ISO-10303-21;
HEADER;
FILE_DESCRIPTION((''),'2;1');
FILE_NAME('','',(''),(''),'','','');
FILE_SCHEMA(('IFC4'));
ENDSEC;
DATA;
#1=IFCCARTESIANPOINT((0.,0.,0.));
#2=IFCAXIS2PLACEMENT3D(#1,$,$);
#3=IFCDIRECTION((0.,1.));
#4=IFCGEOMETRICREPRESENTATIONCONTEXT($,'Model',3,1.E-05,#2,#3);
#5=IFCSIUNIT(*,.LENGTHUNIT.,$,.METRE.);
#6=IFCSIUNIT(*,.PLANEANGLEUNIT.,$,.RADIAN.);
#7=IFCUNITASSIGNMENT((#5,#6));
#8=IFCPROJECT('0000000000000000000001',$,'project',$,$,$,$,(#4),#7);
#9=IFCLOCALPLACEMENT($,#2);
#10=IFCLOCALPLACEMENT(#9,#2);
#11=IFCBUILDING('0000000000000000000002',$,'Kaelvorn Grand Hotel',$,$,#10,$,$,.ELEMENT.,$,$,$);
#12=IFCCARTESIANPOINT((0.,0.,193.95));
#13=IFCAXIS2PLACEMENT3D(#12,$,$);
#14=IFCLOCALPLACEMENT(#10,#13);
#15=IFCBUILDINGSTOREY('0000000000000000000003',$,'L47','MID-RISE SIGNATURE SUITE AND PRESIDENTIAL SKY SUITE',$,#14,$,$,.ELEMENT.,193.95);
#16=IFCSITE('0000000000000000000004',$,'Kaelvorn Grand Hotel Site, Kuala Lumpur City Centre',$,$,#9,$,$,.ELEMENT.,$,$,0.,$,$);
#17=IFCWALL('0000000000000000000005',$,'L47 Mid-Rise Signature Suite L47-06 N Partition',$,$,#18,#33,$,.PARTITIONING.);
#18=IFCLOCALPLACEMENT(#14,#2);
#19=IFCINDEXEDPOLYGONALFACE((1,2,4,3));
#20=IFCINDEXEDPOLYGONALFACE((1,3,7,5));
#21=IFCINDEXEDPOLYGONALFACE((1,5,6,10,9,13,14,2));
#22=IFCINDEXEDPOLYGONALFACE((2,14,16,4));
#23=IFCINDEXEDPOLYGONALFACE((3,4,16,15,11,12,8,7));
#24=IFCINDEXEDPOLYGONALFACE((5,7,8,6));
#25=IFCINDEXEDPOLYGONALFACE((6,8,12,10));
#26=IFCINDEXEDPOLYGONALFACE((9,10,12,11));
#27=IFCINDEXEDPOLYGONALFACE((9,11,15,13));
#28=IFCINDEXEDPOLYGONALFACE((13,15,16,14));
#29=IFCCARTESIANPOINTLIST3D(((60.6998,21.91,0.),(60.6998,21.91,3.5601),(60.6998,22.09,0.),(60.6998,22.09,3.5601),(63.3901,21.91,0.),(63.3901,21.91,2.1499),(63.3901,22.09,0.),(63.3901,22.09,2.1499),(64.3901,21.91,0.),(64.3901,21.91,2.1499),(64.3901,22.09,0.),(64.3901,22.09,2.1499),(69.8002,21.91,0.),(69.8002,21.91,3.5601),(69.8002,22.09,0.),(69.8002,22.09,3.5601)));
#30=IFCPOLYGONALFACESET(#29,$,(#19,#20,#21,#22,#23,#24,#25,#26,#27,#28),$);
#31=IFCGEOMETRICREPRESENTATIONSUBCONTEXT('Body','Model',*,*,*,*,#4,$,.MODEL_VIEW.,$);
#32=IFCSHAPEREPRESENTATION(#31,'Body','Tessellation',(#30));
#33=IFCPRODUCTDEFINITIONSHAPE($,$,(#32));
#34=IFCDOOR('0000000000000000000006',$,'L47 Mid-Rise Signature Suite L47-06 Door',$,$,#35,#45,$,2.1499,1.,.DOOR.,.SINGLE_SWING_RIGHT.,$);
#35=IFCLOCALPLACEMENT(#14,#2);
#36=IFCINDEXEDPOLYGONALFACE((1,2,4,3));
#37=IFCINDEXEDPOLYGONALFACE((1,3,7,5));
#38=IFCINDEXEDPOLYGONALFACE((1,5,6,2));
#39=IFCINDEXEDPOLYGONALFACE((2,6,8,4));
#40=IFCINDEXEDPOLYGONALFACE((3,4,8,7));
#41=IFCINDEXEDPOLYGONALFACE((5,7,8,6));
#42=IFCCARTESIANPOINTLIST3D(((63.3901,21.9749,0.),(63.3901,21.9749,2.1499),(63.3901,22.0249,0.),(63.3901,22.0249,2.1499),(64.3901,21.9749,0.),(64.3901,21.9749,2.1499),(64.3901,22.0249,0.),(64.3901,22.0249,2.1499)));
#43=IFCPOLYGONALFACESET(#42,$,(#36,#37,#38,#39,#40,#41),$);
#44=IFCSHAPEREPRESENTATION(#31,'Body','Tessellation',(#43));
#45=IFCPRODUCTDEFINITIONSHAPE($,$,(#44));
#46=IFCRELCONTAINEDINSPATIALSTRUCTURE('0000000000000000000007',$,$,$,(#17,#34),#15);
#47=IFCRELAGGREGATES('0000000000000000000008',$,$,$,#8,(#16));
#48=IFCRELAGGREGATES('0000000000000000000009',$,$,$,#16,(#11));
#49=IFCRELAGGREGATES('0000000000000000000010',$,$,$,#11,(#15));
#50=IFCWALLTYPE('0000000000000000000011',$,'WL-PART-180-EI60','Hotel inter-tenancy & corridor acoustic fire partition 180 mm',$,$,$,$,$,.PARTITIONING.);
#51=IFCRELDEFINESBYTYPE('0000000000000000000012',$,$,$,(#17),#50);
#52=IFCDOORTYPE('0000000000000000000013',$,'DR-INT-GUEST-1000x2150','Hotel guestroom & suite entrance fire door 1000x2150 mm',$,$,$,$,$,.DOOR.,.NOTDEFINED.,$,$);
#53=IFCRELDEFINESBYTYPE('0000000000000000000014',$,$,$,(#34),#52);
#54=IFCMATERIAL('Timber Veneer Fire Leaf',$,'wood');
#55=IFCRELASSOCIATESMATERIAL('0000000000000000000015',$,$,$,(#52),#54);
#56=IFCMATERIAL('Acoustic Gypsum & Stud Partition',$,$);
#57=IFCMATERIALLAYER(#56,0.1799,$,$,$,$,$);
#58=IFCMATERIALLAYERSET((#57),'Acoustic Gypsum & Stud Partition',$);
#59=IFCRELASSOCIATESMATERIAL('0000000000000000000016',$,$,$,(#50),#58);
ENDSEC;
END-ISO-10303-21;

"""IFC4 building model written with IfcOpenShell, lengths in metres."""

from ifc_helpers import new_model, si_unit, direction, frame, frame_2d, origin, place, context, subcontext, project, spatial, rectangle, extrude, material, layer, layer_set, type_object, element, fill, save


model = new_model("IFC4")

# Units and contexts
model_context = context("Model", 3, precision=1e-05, world=origin(), true_north=direction((0.0, 1.0)))
body_context = subcontext(model_context, "Body", "Model", "MODEL_VIEW")
ifc_project = project(units=[si_unit("LENGTHUNIT", "METRE"), si_unit("PLANEANGLEUNIT", "RADIAN")], contexts=[model_context])

# Site, building, storey
site_placement = place(None, origin())
site = spatial("IfcSite", under=ifc_project, at=site_placement, Name="Kaelvorn Grand Hotel Site, Kuala Lumpur City Centre", CompositionType="ELEMENT", RefElevation=0.0)
building_placement = place(site_placement, origin())
building = spatial("IfcBuilding", under=site, at=building_placement, Name="Kaelvorn Grand Hotel", CompositionType="ELEMENT")
storey_placement = place(building_placement, frame((0.0, 0.0, 193.95)))
storey = spatial("IfcBuildingStorey", under=building, at=storey_placement, Name="L47", Description="MID-RISE SIGNATURE SUITE AND PRESIDENTIAL SKY SUITE", CompositionType="ELEMENT", Elevation=193.95)

# Shared definitions
ifc_material_1 = material(Name="Acoustic Gypsum & Stud Partition")
ifc_material_2 = material(Name="Timber Veneer Fire Leaf", Category="wood")
door_type_1 = type_object("IfcDoorType", Name="DR-INT-GUEST-1000x2150", Description="Hotel guestroom & suite entrance fire door 1000x2150 mm", OperationType="NOTDEFINED", PredefinedType="DOOR", material=ifc_material_2)

# Wall, opening, door
ifc_layer_1 = layer(ifc_material_1, 0.1799)
ifc_layer_set_1 = layer_set([ifc_layer_1], Name="Acoustic Gypsum & Stud Partition")
wall_type_1 = type_object("IfcWallType", Name="WL-PART-180-EI60", Description="Hotel inter-tenancy & corridor acoustic fire partition 180 mm", PredefinedType="PARTITIONING", material=ifc_layer_set_1)
wall_1_placement = place(storey_placement, frame((60.6997, 22.0, 0.0), z_axis=(0.0, 0.0, 1.0), x_axis=(1.0, 0.0, 0.0)))
wall_1 = element("IfcWall", 1, at=wall_1_placement, inside=storey, type_object=wall_type_1, Name="L47 Mid-Rise Signature Suite L47-06 N Partition", PredefinedType="PARTITIONING", context=body_context, shape_type="SweptSolid", body=[
    extrude(rectangle(XDim=9.1003, YDim=0.1799, at=frame_2d((4.5503, 0.0))), origin(), (0.0, 0.0, 1.0), 3.5601),
])
opening_1_placement = place(wall_1_placement, frame((2.6904, 0.0, 0.0)))
opening_1 = element("IfcOpeningElement", 2, at=opening_1_placement, cuts=wall_1, PredefinedType="OPENING", context=body_context, shape_type="SweptSolid", body=[
    extrude(rectangle(XDim=1.0, YDim=2.1499, at=frame_2d((0.5, 1.075))), frame((0.0, 0.1001, 0.0), z_axis=(0.0, -1.0, 0.0), x_axis=(1.0, 0.0, 0.0)), (0.0, 0.0, 1.0), 0.2),
])
door_1_placement = place(opening_1_placement, origin())
door_1 = element("IfcDoor", 3, at=door_1_placement, inside=storey, type_object=door_type_1, Name="L47 Mid-Rise Signature Suite L47-06 Door", OperationType="SINGLE_SWING_RIGHT", OverallHeight=2.1499, OverallWidth=1.0, PredefinedType="DOOR", context=body_context, shape_type="SweptSolid", body=[
    extrude(rectangle(XDim=1.0, YDim=2.1499, at=frame_2d((0.5, 1.075))), frame((0.0, 0.0249, 0.0), z_axis=(0.0, -1.0, 0.0), x_axis=(1.0, 0.0, 0.0)), (0.0, 0.0, 1.0), 0.05),
])
fill(opening_1, door_1)

save(model, "model.ifc")
